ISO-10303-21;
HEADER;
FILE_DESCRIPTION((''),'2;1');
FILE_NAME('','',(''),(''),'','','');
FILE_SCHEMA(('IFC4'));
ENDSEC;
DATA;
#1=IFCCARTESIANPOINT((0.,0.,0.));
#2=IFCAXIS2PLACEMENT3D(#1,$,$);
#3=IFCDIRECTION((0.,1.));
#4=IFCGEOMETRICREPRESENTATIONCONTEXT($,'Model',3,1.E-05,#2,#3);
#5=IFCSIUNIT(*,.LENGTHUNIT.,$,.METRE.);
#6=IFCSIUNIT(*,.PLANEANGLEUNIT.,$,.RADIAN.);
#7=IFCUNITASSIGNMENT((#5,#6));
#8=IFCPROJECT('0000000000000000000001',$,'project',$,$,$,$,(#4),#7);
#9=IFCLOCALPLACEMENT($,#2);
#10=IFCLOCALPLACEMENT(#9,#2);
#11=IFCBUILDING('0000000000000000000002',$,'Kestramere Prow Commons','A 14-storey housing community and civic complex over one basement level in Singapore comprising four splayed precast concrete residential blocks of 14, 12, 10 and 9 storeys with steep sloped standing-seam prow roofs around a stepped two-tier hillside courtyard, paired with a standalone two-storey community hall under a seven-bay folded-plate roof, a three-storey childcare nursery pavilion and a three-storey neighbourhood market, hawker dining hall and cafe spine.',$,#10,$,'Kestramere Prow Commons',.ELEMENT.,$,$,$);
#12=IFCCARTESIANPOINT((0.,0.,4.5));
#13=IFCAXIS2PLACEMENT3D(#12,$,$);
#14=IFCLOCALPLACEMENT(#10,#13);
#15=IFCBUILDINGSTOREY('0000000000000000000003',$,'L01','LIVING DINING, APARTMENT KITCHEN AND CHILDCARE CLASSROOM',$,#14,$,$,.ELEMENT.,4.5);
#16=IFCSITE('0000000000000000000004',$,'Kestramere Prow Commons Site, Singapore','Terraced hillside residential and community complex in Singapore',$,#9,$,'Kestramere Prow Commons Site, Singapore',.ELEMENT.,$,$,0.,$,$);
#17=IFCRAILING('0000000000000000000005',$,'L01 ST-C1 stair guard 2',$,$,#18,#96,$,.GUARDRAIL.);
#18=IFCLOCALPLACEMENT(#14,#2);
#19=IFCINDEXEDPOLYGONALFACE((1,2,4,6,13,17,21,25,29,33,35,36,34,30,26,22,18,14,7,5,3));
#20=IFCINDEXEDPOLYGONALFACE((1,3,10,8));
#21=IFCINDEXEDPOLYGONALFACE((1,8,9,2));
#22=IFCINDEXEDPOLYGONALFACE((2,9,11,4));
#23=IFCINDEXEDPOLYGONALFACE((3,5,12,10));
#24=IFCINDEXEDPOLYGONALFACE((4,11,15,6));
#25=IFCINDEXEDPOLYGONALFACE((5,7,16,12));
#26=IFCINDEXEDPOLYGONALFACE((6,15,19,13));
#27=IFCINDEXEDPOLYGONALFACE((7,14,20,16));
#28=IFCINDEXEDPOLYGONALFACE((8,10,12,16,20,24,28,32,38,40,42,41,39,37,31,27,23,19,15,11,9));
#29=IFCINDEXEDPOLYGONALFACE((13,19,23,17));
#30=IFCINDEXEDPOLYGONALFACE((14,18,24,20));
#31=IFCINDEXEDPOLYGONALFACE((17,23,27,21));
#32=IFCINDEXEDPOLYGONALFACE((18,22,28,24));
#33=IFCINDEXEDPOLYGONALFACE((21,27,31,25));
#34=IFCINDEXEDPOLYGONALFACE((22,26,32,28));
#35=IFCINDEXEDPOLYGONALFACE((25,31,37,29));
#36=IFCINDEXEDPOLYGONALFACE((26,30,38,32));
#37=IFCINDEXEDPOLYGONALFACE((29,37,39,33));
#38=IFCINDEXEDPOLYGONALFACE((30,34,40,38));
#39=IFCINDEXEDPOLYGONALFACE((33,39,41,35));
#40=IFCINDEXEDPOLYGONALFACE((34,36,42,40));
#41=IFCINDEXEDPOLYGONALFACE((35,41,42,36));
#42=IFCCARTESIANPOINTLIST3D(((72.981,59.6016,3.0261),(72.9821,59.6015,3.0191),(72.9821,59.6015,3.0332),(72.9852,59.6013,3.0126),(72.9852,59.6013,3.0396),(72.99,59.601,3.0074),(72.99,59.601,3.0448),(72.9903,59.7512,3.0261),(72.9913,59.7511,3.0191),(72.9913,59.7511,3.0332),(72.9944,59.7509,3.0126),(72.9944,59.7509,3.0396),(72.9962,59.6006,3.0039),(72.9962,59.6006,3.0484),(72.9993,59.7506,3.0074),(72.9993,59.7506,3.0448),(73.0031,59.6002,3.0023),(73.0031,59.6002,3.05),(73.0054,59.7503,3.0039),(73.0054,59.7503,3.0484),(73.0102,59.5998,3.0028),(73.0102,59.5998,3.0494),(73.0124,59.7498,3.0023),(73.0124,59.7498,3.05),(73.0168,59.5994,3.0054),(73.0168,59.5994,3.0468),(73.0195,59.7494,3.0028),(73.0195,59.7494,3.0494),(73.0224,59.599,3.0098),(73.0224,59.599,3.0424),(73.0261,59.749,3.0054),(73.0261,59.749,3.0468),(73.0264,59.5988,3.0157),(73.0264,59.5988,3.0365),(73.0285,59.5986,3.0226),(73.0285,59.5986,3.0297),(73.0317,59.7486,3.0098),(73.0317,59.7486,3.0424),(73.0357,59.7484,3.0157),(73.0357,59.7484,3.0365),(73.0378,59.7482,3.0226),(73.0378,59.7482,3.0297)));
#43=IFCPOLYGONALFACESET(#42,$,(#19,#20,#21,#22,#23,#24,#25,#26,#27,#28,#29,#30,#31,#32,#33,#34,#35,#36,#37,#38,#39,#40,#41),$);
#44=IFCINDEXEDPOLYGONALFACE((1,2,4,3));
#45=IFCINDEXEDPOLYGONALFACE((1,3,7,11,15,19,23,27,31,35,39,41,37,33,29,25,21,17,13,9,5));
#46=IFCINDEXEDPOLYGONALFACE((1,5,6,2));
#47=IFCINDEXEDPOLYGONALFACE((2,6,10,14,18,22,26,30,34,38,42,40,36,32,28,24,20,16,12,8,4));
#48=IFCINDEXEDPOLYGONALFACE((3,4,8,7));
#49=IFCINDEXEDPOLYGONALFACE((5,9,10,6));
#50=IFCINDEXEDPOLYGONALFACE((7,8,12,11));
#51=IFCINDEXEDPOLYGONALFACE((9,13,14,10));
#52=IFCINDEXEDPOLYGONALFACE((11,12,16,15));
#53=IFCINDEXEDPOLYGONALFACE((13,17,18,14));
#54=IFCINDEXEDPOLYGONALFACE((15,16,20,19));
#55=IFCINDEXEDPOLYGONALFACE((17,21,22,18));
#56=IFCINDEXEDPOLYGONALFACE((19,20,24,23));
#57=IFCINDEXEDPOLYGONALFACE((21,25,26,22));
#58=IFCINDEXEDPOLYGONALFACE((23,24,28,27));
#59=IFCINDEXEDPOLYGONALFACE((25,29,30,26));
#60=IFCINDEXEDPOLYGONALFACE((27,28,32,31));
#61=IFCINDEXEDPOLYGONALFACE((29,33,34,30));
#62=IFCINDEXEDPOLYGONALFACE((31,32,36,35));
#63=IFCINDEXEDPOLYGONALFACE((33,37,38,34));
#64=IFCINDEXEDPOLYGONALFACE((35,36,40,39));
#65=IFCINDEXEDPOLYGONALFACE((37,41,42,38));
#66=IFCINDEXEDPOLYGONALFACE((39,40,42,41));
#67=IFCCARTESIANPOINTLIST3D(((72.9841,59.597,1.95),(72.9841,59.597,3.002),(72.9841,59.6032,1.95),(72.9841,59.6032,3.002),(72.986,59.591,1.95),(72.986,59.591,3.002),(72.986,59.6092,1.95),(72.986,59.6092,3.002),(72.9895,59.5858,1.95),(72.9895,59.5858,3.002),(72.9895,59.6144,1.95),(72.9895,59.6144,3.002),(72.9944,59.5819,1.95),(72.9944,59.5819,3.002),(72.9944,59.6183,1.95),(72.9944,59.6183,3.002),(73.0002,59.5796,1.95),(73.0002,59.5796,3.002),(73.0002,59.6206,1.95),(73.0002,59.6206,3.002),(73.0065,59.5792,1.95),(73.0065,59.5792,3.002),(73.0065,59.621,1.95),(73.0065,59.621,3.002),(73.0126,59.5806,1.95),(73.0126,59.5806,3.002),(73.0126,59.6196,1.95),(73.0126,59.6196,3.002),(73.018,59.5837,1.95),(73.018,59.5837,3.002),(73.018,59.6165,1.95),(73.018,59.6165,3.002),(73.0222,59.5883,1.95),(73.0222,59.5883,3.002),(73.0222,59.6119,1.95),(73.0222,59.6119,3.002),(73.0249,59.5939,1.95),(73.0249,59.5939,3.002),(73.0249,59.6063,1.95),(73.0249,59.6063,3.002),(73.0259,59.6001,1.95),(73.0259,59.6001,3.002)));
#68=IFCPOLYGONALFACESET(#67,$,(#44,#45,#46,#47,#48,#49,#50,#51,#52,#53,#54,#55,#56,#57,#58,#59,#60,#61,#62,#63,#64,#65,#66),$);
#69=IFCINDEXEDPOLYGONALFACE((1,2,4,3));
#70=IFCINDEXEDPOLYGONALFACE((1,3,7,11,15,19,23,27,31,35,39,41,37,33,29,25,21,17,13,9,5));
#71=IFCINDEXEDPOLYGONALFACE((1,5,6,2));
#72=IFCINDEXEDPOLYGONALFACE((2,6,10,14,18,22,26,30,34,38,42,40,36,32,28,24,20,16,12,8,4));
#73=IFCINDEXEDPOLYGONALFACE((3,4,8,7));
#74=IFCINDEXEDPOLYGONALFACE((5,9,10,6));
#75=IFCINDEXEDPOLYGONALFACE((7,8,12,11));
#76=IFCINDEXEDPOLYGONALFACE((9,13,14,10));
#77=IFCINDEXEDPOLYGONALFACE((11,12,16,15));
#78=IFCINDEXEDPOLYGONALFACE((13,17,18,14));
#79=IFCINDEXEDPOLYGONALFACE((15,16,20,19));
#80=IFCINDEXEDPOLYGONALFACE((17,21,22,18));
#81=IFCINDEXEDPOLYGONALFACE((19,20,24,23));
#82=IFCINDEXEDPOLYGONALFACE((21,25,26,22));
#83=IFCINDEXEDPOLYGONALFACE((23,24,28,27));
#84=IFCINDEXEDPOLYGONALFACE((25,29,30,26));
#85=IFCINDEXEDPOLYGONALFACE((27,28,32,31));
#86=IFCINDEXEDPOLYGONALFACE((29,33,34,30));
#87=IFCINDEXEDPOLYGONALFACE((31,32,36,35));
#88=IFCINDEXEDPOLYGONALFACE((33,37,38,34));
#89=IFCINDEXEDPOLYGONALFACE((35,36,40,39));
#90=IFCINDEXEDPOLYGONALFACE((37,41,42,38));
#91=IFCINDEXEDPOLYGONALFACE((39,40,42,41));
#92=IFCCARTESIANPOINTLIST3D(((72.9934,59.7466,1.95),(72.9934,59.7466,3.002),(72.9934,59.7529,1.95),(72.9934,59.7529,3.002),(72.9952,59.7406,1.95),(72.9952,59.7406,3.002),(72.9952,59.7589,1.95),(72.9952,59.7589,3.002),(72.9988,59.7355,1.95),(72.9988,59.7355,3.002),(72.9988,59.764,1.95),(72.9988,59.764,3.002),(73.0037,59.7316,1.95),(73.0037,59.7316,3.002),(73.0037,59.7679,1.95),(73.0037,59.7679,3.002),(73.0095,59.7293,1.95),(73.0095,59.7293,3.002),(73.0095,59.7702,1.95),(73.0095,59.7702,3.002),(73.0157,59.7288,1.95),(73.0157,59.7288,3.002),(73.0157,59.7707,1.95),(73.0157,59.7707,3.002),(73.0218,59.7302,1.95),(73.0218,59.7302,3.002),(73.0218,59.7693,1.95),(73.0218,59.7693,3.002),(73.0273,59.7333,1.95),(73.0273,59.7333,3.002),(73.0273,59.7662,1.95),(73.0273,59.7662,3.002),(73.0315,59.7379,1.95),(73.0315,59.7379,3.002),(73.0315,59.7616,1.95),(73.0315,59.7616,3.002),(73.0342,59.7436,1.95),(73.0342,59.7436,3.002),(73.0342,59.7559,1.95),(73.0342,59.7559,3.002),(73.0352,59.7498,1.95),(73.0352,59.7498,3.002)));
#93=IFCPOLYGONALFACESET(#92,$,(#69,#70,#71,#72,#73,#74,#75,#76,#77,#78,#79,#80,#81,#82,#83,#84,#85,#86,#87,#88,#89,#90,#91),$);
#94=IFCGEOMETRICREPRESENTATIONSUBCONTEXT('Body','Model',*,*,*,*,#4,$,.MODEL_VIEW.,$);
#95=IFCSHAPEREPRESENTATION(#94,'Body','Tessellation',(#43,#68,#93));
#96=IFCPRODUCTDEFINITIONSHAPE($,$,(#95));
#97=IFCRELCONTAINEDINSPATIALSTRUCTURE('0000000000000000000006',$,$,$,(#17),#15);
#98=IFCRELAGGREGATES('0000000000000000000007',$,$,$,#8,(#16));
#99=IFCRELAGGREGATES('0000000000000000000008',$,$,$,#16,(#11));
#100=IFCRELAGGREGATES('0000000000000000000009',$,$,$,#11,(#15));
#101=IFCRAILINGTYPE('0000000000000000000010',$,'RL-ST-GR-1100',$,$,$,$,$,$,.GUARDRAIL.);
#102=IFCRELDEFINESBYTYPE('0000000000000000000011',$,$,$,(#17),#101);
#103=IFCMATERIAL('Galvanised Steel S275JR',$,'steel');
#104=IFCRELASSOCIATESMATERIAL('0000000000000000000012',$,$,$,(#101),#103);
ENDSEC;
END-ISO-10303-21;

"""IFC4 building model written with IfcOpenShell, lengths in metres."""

from ifc_helpers import new_model, si_unit, direction, frame, origin, origin_2d, place, context, subcontext, project, spatial, circle, extrude, material, type_object, element, save


model = new_model("IFC4")

# Units and contexts
model_context = context("Model", 3, precision=1e-05, world=origin(), true_north=direction((0.0, 1.0)))
body_context = subcontext(model_context, "Body", "Model", "MODEL_VIEW")
ifc_project = project(units=[si_unit("LENGTHUNIT", "METRE"), si_unit("PLANEANGLEUNIT", "RADIAN")], contexts=[model_context])

# Site, building, storey
site_placement = place(None, origin())
site = spatial("IfcSite", under=ifc_project, at=site_placement, Name="Kestramere Prow Commons Site, Singapore", Description="Terraced hillside residential and community complex in Singapore", LongName="Kestramere Prow Commons Site, Singapore", CompositionType="ELEMENT", RefElevation=0.0)
building_placement = place(site_placement, origin())
building = spatial("IfcBuilding", under=site, at=building_placement, Name="Kestramere Prow Commons", Description="A 14-storey housing community and civic complex over one basement level in Singapore comprising four splayed precast concrete residential blocks of 14, 12, 10 and 9 storeys with steep sloped standing-seam prow roofs around a stepped two-tier hillside courtyard, paired with a standalone two-storey community hall under a seven-bay folded-plate roof, a three-storey childcare nursery pavilion and a three-storey neighbourhood market, hawker dining hall and cafe spine.", LongName="Kestramere Prow Commons", CompositionType="ELEMENT")
storey_placement = place(building_placement, frame((0.0, 0.0, 4.5)))
storey = spatial("IfcBuildingStorey", under=building, at=storey_placement, Name="L01", Description="LIVING DINING, APARTMENT KITCHEN AND CHILDCARE CLASSROOM", CompositionType="ELEMENT", Elevation=4.5)

# Railing
ifc_material_1 = material(Name="Galvanised Steel S275JR", Category="steel")
railing_type_1 = type_object("IfcRailingType", Name="RL-ST-GR-1100", PredefinedType="GUARDRAIL", material=ifc_material_1)
railing_1_placement = place(storey_placement, frame((73.0049, 59.6001, 1.95)))
element("IfcRailing", 1, at=railing_1_placement, inside=storey, type_object=railing_type_1, Name="L01 ST-C1 stair guard 2", PredefinedType="GUARDRAIL", context=body_context, shape_type="SweptSolid", body=[
    extrude(circle(Radius=0.0239, at=origin_2d()), frame((0.0, 0.0, 1.0762), z_axis=(0.061871, 0.998084, 0.0), x_axis=(-0.998084, 0.061871, 0.0)), (0.0, 0.0, 1.0), 0.1499),
    extrude(circle(Radius=0.021, at=origin_2d()), origin(), (0.0, 0.0, 1.0), 1.052),
    extrude(circle(Radius=0.021, at=origin_2d()), frame((0.0093, 0.1497, 0.0)), (0.0, 0.0, 1.0), 1.052),
])

save(model, "model.ifc")
